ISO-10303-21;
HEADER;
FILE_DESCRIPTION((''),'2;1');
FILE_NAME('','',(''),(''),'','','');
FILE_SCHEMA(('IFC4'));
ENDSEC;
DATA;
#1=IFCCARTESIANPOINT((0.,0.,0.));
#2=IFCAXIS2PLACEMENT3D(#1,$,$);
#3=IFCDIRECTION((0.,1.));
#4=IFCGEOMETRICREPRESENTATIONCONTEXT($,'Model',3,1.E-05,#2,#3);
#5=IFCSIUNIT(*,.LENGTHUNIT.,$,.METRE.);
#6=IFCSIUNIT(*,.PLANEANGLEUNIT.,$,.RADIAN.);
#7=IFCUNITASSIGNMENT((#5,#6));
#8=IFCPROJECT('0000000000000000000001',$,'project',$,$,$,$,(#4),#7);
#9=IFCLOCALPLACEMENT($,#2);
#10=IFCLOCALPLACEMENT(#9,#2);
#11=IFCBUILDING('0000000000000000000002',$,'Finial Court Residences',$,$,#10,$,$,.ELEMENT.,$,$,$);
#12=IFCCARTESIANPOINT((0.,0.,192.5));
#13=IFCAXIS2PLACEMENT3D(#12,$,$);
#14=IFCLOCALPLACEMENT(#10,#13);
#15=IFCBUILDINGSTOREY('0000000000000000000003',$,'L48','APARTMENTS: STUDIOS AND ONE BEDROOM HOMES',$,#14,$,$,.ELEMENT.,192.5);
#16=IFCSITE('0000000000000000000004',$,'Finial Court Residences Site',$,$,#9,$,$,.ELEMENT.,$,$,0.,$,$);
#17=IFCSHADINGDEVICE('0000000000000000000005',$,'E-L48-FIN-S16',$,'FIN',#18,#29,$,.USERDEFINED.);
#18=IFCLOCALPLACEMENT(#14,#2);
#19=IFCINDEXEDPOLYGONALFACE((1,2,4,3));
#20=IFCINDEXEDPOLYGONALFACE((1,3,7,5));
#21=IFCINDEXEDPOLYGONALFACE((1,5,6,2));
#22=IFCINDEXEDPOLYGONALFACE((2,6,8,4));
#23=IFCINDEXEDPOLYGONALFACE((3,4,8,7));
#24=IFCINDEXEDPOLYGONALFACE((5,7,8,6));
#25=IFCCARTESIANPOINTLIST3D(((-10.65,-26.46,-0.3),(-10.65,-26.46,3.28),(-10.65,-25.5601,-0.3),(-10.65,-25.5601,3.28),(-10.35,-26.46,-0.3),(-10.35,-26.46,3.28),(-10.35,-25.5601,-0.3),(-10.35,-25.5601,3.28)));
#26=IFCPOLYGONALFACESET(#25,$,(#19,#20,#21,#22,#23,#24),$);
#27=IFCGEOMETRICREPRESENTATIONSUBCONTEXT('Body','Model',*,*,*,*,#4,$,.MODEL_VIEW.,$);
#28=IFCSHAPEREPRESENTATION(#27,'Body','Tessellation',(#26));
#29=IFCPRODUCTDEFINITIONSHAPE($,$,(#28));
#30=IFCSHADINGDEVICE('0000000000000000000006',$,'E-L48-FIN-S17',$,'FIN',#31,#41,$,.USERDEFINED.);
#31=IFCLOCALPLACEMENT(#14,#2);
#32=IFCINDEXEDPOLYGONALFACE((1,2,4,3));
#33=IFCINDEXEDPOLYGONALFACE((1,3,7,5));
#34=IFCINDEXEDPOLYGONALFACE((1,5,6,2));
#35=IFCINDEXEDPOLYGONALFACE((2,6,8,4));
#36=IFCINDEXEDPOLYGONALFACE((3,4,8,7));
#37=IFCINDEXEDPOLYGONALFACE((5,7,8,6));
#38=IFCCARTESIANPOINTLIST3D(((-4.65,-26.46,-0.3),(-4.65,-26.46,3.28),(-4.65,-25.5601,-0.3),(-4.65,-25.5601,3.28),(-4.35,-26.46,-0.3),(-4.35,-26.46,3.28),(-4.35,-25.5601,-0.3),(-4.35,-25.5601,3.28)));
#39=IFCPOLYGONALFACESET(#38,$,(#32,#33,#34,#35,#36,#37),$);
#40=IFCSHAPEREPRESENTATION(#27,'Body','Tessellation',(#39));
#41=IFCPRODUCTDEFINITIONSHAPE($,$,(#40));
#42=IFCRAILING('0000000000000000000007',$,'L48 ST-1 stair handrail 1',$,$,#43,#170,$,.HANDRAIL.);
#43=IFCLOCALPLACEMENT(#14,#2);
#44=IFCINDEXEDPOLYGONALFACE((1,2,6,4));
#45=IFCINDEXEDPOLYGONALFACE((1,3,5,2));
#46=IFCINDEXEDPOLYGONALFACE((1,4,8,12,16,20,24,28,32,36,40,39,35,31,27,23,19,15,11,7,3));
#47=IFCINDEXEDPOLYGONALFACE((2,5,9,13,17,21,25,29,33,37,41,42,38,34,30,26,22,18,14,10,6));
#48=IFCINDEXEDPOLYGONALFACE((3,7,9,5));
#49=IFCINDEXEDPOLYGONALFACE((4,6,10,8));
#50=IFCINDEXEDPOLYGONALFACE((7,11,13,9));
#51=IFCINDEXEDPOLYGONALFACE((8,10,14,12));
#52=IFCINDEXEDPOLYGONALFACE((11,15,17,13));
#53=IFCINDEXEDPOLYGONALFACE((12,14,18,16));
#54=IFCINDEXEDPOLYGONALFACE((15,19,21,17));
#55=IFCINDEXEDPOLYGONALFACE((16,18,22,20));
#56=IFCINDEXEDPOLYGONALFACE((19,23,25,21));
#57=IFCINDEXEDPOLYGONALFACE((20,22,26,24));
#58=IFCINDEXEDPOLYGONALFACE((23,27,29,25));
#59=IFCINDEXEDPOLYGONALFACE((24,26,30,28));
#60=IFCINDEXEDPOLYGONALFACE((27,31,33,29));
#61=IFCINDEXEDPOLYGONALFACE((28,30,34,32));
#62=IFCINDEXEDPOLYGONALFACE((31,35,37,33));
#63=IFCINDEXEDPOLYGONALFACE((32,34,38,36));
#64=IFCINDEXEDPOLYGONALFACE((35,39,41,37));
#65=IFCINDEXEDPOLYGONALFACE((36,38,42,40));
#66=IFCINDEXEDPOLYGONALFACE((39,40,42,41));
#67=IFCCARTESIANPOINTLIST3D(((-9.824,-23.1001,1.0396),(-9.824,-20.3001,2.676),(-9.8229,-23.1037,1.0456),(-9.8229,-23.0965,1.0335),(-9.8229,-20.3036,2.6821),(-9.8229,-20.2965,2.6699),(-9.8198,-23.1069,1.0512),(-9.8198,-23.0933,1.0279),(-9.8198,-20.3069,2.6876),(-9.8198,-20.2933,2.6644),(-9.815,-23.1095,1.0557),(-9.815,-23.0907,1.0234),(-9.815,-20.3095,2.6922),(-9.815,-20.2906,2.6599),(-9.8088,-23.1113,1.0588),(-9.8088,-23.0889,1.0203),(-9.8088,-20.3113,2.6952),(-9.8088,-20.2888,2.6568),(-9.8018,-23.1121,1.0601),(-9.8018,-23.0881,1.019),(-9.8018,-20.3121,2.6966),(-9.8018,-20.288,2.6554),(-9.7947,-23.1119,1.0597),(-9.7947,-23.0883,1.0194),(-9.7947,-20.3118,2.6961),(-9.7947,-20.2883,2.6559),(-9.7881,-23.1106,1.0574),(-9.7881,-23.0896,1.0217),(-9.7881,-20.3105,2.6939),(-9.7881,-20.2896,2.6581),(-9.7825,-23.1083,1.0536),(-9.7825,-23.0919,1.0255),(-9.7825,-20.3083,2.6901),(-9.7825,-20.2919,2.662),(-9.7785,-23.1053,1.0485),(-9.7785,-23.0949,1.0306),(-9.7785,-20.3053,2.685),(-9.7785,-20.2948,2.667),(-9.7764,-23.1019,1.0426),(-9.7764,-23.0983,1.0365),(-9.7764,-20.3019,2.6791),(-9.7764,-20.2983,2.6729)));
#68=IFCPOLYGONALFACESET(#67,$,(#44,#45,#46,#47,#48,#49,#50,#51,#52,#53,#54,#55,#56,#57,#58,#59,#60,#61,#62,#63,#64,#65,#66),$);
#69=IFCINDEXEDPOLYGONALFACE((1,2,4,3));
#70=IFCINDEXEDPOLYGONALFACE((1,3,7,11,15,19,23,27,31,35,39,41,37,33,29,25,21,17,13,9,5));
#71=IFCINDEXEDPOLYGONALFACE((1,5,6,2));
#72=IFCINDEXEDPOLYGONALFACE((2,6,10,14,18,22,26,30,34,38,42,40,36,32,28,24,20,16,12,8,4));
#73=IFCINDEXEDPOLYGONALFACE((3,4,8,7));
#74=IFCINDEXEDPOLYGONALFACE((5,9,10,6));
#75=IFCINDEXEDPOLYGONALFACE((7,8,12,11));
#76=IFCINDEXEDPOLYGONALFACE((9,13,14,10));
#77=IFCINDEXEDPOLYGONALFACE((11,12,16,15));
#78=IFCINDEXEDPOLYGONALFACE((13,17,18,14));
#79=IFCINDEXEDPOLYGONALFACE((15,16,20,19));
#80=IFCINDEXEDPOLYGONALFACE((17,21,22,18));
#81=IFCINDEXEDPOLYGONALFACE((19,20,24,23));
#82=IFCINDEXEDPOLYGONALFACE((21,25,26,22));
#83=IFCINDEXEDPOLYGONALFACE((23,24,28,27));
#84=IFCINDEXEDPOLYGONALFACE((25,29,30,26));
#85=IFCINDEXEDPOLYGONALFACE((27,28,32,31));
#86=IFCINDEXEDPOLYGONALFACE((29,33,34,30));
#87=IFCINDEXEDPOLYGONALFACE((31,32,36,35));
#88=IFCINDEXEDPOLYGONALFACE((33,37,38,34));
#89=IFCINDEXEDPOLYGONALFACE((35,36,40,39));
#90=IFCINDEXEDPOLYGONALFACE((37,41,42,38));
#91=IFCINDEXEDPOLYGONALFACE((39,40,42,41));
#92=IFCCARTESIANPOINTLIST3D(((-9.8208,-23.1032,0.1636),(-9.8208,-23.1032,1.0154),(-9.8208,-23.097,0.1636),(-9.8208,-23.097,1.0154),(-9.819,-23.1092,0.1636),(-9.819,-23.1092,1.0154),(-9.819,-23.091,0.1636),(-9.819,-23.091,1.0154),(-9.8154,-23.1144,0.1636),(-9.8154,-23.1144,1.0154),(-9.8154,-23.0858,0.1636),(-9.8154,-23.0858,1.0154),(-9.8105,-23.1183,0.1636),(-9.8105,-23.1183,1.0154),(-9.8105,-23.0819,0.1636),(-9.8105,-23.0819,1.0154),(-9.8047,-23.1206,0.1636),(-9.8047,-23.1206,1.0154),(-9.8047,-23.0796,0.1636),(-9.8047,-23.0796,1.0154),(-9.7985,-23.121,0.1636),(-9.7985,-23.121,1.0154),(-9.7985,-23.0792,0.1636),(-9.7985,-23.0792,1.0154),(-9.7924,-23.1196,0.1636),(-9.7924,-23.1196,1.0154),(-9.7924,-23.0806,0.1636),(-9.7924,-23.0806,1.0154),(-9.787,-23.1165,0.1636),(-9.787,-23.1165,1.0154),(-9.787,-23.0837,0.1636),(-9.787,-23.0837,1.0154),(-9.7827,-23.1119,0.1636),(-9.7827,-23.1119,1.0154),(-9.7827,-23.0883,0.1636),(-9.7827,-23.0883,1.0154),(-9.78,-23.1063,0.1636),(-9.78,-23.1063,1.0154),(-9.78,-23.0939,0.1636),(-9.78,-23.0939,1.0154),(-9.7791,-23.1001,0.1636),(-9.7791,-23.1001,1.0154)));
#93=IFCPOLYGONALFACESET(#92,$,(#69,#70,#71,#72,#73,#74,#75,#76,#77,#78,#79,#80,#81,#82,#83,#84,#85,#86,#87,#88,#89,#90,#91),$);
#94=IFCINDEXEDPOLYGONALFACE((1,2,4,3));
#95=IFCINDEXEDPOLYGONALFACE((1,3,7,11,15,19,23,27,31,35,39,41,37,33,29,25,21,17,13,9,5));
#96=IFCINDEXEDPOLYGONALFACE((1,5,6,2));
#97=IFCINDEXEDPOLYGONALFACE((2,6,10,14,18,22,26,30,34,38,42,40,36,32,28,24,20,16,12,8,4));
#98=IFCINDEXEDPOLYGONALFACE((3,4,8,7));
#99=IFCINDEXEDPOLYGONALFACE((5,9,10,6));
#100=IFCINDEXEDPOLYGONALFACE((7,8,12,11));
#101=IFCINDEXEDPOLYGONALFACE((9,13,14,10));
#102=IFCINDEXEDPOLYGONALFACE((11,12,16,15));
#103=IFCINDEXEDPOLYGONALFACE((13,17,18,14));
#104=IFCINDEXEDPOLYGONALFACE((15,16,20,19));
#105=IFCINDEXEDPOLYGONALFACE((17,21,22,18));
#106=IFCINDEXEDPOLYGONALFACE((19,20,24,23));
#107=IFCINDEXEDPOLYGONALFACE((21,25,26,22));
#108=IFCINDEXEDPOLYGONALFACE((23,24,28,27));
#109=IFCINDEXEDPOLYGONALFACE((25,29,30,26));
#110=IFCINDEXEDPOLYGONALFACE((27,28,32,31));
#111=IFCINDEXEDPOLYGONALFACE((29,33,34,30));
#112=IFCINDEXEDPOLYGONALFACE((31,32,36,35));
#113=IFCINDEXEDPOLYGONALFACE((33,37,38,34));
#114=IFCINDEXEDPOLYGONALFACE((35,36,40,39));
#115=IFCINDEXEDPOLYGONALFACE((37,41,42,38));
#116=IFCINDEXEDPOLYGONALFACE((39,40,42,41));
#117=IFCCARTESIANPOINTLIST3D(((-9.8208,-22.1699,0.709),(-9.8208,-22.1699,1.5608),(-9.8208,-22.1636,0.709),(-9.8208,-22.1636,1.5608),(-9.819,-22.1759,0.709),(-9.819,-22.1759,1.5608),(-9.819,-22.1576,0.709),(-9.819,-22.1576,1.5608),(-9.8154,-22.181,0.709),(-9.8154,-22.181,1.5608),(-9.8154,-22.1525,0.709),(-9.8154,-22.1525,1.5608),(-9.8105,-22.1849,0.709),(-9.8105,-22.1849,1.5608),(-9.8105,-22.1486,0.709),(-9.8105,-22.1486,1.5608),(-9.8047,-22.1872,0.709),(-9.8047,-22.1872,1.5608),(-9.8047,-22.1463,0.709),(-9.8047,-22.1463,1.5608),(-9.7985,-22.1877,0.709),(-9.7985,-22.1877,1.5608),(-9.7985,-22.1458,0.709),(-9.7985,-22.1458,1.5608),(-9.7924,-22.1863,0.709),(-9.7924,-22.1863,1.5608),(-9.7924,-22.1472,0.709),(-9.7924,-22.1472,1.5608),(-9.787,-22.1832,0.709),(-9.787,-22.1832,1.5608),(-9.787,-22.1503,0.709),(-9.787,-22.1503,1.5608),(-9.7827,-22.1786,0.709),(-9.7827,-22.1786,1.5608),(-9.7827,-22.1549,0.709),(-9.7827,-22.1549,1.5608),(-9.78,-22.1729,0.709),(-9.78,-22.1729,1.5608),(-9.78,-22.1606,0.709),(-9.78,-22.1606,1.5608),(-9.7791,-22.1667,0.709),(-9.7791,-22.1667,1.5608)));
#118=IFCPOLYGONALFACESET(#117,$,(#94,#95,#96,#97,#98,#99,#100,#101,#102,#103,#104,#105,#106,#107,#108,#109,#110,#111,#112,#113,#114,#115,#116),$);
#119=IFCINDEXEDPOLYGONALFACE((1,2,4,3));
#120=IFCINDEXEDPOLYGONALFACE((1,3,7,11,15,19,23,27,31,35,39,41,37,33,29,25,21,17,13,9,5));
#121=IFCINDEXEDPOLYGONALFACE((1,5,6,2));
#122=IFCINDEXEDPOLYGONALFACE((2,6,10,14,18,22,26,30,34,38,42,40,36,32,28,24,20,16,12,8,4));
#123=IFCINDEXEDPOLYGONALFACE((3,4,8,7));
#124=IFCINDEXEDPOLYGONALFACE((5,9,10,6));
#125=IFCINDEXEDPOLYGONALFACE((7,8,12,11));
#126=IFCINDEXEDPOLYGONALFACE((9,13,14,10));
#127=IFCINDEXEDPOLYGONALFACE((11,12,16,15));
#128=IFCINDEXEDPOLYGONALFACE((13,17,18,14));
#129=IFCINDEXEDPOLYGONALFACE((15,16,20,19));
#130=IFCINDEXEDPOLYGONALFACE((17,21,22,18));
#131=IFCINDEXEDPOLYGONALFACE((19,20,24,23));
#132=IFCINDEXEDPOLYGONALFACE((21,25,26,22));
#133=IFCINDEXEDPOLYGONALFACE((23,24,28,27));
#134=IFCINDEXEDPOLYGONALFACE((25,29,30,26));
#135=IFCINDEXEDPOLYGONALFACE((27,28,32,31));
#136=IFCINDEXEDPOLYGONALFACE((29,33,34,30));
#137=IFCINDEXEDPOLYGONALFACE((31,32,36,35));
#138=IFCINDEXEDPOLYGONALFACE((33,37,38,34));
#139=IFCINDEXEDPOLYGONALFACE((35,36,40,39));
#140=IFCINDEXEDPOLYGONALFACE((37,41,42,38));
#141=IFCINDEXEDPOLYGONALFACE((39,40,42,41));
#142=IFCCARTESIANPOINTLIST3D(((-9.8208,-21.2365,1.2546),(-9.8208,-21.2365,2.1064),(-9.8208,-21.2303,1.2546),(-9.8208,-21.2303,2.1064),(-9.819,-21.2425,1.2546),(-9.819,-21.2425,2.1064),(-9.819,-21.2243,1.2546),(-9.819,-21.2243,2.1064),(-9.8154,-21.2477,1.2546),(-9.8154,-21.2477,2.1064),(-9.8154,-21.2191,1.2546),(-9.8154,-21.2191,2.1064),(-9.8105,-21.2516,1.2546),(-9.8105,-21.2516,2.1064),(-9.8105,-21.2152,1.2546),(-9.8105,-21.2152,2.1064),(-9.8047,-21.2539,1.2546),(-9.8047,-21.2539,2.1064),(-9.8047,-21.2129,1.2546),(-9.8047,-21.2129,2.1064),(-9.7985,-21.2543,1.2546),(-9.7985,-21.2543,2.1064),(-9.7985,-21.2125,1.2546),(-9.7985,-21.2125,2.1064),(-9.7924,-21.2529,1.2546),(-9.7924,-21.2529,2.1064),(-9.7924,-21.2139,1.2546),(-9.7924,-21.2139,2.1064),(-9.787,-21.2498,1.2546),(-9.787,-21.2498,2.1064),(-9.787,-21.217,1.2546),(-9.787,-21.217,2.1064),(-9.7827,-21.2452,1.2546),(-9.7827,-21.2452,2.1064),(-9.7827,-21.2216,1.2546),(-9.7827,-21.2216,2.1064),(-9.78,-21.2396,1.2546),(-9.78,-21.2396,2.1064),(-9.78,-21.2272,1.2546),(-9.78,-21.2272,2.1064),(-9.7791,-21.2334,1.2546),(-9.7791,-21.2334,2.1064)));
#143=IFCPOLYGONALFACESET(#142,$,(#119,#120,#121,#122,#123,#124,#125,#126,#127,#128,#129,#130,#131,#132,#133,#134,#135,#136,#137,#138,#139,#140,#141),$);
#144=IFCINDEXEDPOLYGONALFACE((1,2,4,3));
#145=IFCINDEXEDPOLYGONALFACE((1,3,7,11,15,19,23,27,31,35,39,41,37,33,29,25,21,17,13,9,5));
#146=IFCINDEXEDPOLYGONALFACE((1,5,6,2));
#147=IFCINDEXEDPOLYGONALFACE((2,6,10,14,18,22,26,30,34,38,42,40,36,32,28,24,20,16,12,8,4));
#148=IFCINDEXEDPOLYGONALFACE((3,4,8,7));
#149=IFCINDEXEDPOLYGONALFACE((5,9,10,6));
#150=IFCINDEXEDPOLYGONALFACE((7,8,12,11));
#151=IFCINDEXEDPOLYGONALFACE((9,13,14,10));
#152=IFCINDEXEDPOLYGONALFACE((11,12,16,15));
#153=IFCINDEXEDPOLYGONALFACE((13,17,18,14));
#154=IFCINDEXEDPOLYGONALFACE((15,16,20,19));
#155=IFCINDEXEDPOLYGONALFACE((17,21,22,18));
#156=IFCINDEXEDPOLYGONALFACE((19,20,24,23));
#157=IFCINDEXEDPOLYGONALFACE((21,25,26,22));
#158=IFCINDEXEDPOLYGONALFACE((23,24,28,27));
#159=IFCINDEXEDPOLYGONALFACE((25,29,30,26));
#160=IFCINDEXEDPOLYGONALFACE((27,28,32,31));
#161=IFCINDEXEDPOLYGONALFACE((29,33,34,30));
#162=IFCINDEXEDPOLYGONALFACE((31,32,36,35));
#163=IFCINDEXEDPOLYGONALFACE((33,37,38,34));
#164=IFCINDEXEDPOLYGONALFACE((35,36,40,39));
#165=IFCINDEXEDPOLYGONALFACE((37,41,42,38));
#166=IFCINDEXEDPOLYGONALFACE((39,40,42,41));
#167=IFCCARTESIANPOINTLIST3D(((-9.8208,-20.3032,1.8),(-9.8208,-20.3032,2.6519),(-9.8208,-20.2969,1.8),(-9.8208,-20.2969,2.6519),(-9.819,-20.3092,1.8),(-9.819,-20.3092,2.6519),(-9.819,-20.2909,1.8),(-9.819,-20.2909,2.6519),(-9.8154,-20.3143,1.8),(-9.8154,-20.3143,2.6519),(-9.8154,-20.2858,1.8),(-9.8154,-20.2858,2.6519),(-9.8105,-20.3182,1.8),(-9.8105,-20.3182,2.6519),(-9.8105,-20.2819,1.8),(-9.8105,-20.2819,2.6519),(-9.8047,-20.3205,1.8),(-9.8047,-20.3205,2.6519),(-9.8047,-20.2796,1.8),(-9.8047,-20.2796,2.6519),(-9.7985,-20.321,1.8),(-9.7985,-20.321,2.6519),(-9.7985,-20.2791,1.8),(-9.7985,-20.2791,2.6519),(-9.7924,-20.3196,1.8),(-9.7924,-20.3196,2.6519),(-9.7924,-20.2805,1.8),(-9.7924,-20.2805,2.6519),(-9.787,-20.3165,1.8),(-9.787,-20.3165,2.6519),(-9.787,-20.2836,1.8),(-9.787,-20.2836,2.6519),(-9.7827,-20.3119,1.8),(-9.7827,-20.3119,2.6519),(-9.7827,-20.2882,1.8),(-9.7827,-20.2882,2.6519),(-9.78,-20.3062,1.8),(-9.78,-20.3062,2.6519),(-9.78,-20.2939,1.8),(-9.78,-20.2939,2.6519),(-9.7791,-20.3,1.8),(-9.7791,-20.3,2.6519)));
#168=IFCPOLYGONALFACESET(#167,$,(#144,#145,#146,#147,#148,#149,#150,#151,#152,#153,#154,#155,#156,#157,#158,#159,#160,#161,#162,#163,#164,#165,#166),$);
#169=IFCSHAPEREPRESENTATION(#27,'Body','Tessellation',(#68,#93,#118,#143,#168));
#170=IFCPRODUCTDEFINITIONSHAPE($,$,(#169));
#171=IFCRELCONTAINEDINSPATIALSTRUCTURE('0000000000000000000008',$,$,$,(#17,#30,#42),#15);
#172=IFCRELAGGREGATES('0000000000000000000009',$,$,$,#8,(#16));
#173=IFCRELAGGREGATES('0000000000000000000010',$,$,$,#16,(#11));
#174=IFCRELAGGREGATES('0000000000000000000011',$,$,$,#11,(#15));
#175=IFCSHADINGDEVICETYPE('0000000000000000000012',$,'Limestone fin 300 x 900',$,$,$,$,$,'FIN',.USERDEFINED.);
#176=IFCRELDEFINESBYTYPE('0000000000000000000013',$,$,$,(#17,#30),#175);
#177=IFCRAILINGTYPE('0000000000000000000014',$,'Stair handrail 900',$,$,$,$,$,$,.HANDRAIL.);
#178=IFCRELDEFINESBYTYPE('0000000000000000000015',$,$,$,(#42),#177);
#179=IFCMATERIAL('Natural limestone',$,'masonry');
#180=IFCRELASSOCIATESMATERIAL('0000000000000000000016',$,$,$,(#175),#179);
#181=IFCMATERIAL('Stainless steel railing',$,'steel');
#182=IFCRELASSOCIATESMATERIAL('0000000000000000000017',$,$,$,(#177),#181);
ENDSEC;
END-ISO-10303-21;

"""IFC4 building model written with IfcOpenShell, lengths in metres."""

from ifc_helpers import new_model, si_unit, direction, frame, origin, origin_2d, place, context, subcontext, project, spatial, rectangle, circle, extrude, material, type_object, element, save


model = new_model("IFC4")

# Units and contexts
model_context = context("Model", 3, precision=1e-05, world=origin(), true_north=direction((0.0, 1.0)))
body_context = subcontext(model_context, "Body", "Model", "MODEL_VIEW")
ifc_project = project(units=[si_unit("LENGTHUNIT", "METRE"), si_unit("PLANEANGLEUNIT", "RADIAN")], contexts=[model_context])

# Site, building, storey
site_placement = place(None, origin())
site = spatial("IfcSite", under=ifc_project, at=site_placement, Name="Finial Court Residences Site", CompositionType="ELEMENT", RefElevation=0.0)
building_placement = place(site_placement, origin())
building = spatial("IfcBuilding", under=site, at=building_placement, Name="Finial Court Residences", CompositionType="ELEMENT")
storey_placement = place(building_placement, frame((0.0, 0.0, 192.5)))
storey = spatial("IfcBuildingStorey", under=building, at=storey_placement, Name="L48", Description="APARTMENTS: STUDIOS AND ONE BEDROOM HOMES", CompositionType="ELEMENT", Elevation=192.5)

# Shading devices
ifc_material_1 = material(Name="Natural limestone", Category="masonry")
shading_device_type = type_object("IfcShadingDeviceType", Name="Limestone fin 300 x 900", ElementType="FIN", PredefinedType="USERDEFINED", material=ifc_material_1)
for number, where, z_axis, x_axis, name in (
    (1, (-10.5, -26.01, -0.3), (0.0, 0.0, 1.0), (1.0, 0.0, 0.0), "E-L48-FIN-S16"),
    (2, (-4.5, -26.01, -0.3), (0.0, 0.0, 1.0), (1.0, 0.0, 0.0), "E-L48-FIN-S17"),
):
    element("IfcShadingDevice", number, at=place(storey_placement, frame(where, z_axis=z_axis, x_axis=x_axis)), inside=storey, type_object=shading_device_type, Name=name, ObjectType="FIN", PredefinedType="USERDEFINED", context=body_context, shape_type="SweptSolid", body=[
        extrude(rectangle(XDim=0.3, YDim=0.8999, at=origin_2d()), origin(), (0.0, 0.0, 1.0), 3.5801),
    ])

# Railing
ifc_material_2 = material(Name="Stainless steel railing", Category="steel")
railing_type_1 = type_object("IfcRailingType", Name="Stair handrail 900", PredefinedType="HANDRAIL", material=ifc_material_2)
railing_1_placement = place(storey_placement, frame((-9.8, -23.1001, 0.1636)))
element("IfcRailing", 3, at=railing_1_placement, inside=storey, type_object=railing_type_1, Name="L48 ST-1 stair handrail 1", PredefinedType="HANDRAIL", context=body_context, shape_type="SweptSolid", body=[
    extrude(circle(Radius=0.0239, at=origin_2d()), frame((0.0, 0.0, 0.876), z_axis=(0.0, 0.863361, 0.504587), x_axis=(-1.0, 0.0, 0.0)), (0.0, 0.0, 1.0), 3.2432),
    extrude(circle(Radius=0.021, at=origin_2d()), origin(), (0.0, 0.0, 1.0), 0.8518),
    extrude(circle(Radius=0.021, at=origin_2d()), frame((0.0, 0.9333, 0.5454)), (0.0, 0.0, 1.0), 0.8518),
    extrude(circle(Radius=0.021, at=origin_2d()), frame((0.0, 1.8667, 1.0911)), (0.0, 0.0, 1.0), 0.8518),
    extrude(circle(Radius=0.021, at=origin_2d()), frame((0.0, 2.8, 1.6365)), (0.0, 0.0, 1.0), 0.8518),
])

save(model, "model.ifc")
